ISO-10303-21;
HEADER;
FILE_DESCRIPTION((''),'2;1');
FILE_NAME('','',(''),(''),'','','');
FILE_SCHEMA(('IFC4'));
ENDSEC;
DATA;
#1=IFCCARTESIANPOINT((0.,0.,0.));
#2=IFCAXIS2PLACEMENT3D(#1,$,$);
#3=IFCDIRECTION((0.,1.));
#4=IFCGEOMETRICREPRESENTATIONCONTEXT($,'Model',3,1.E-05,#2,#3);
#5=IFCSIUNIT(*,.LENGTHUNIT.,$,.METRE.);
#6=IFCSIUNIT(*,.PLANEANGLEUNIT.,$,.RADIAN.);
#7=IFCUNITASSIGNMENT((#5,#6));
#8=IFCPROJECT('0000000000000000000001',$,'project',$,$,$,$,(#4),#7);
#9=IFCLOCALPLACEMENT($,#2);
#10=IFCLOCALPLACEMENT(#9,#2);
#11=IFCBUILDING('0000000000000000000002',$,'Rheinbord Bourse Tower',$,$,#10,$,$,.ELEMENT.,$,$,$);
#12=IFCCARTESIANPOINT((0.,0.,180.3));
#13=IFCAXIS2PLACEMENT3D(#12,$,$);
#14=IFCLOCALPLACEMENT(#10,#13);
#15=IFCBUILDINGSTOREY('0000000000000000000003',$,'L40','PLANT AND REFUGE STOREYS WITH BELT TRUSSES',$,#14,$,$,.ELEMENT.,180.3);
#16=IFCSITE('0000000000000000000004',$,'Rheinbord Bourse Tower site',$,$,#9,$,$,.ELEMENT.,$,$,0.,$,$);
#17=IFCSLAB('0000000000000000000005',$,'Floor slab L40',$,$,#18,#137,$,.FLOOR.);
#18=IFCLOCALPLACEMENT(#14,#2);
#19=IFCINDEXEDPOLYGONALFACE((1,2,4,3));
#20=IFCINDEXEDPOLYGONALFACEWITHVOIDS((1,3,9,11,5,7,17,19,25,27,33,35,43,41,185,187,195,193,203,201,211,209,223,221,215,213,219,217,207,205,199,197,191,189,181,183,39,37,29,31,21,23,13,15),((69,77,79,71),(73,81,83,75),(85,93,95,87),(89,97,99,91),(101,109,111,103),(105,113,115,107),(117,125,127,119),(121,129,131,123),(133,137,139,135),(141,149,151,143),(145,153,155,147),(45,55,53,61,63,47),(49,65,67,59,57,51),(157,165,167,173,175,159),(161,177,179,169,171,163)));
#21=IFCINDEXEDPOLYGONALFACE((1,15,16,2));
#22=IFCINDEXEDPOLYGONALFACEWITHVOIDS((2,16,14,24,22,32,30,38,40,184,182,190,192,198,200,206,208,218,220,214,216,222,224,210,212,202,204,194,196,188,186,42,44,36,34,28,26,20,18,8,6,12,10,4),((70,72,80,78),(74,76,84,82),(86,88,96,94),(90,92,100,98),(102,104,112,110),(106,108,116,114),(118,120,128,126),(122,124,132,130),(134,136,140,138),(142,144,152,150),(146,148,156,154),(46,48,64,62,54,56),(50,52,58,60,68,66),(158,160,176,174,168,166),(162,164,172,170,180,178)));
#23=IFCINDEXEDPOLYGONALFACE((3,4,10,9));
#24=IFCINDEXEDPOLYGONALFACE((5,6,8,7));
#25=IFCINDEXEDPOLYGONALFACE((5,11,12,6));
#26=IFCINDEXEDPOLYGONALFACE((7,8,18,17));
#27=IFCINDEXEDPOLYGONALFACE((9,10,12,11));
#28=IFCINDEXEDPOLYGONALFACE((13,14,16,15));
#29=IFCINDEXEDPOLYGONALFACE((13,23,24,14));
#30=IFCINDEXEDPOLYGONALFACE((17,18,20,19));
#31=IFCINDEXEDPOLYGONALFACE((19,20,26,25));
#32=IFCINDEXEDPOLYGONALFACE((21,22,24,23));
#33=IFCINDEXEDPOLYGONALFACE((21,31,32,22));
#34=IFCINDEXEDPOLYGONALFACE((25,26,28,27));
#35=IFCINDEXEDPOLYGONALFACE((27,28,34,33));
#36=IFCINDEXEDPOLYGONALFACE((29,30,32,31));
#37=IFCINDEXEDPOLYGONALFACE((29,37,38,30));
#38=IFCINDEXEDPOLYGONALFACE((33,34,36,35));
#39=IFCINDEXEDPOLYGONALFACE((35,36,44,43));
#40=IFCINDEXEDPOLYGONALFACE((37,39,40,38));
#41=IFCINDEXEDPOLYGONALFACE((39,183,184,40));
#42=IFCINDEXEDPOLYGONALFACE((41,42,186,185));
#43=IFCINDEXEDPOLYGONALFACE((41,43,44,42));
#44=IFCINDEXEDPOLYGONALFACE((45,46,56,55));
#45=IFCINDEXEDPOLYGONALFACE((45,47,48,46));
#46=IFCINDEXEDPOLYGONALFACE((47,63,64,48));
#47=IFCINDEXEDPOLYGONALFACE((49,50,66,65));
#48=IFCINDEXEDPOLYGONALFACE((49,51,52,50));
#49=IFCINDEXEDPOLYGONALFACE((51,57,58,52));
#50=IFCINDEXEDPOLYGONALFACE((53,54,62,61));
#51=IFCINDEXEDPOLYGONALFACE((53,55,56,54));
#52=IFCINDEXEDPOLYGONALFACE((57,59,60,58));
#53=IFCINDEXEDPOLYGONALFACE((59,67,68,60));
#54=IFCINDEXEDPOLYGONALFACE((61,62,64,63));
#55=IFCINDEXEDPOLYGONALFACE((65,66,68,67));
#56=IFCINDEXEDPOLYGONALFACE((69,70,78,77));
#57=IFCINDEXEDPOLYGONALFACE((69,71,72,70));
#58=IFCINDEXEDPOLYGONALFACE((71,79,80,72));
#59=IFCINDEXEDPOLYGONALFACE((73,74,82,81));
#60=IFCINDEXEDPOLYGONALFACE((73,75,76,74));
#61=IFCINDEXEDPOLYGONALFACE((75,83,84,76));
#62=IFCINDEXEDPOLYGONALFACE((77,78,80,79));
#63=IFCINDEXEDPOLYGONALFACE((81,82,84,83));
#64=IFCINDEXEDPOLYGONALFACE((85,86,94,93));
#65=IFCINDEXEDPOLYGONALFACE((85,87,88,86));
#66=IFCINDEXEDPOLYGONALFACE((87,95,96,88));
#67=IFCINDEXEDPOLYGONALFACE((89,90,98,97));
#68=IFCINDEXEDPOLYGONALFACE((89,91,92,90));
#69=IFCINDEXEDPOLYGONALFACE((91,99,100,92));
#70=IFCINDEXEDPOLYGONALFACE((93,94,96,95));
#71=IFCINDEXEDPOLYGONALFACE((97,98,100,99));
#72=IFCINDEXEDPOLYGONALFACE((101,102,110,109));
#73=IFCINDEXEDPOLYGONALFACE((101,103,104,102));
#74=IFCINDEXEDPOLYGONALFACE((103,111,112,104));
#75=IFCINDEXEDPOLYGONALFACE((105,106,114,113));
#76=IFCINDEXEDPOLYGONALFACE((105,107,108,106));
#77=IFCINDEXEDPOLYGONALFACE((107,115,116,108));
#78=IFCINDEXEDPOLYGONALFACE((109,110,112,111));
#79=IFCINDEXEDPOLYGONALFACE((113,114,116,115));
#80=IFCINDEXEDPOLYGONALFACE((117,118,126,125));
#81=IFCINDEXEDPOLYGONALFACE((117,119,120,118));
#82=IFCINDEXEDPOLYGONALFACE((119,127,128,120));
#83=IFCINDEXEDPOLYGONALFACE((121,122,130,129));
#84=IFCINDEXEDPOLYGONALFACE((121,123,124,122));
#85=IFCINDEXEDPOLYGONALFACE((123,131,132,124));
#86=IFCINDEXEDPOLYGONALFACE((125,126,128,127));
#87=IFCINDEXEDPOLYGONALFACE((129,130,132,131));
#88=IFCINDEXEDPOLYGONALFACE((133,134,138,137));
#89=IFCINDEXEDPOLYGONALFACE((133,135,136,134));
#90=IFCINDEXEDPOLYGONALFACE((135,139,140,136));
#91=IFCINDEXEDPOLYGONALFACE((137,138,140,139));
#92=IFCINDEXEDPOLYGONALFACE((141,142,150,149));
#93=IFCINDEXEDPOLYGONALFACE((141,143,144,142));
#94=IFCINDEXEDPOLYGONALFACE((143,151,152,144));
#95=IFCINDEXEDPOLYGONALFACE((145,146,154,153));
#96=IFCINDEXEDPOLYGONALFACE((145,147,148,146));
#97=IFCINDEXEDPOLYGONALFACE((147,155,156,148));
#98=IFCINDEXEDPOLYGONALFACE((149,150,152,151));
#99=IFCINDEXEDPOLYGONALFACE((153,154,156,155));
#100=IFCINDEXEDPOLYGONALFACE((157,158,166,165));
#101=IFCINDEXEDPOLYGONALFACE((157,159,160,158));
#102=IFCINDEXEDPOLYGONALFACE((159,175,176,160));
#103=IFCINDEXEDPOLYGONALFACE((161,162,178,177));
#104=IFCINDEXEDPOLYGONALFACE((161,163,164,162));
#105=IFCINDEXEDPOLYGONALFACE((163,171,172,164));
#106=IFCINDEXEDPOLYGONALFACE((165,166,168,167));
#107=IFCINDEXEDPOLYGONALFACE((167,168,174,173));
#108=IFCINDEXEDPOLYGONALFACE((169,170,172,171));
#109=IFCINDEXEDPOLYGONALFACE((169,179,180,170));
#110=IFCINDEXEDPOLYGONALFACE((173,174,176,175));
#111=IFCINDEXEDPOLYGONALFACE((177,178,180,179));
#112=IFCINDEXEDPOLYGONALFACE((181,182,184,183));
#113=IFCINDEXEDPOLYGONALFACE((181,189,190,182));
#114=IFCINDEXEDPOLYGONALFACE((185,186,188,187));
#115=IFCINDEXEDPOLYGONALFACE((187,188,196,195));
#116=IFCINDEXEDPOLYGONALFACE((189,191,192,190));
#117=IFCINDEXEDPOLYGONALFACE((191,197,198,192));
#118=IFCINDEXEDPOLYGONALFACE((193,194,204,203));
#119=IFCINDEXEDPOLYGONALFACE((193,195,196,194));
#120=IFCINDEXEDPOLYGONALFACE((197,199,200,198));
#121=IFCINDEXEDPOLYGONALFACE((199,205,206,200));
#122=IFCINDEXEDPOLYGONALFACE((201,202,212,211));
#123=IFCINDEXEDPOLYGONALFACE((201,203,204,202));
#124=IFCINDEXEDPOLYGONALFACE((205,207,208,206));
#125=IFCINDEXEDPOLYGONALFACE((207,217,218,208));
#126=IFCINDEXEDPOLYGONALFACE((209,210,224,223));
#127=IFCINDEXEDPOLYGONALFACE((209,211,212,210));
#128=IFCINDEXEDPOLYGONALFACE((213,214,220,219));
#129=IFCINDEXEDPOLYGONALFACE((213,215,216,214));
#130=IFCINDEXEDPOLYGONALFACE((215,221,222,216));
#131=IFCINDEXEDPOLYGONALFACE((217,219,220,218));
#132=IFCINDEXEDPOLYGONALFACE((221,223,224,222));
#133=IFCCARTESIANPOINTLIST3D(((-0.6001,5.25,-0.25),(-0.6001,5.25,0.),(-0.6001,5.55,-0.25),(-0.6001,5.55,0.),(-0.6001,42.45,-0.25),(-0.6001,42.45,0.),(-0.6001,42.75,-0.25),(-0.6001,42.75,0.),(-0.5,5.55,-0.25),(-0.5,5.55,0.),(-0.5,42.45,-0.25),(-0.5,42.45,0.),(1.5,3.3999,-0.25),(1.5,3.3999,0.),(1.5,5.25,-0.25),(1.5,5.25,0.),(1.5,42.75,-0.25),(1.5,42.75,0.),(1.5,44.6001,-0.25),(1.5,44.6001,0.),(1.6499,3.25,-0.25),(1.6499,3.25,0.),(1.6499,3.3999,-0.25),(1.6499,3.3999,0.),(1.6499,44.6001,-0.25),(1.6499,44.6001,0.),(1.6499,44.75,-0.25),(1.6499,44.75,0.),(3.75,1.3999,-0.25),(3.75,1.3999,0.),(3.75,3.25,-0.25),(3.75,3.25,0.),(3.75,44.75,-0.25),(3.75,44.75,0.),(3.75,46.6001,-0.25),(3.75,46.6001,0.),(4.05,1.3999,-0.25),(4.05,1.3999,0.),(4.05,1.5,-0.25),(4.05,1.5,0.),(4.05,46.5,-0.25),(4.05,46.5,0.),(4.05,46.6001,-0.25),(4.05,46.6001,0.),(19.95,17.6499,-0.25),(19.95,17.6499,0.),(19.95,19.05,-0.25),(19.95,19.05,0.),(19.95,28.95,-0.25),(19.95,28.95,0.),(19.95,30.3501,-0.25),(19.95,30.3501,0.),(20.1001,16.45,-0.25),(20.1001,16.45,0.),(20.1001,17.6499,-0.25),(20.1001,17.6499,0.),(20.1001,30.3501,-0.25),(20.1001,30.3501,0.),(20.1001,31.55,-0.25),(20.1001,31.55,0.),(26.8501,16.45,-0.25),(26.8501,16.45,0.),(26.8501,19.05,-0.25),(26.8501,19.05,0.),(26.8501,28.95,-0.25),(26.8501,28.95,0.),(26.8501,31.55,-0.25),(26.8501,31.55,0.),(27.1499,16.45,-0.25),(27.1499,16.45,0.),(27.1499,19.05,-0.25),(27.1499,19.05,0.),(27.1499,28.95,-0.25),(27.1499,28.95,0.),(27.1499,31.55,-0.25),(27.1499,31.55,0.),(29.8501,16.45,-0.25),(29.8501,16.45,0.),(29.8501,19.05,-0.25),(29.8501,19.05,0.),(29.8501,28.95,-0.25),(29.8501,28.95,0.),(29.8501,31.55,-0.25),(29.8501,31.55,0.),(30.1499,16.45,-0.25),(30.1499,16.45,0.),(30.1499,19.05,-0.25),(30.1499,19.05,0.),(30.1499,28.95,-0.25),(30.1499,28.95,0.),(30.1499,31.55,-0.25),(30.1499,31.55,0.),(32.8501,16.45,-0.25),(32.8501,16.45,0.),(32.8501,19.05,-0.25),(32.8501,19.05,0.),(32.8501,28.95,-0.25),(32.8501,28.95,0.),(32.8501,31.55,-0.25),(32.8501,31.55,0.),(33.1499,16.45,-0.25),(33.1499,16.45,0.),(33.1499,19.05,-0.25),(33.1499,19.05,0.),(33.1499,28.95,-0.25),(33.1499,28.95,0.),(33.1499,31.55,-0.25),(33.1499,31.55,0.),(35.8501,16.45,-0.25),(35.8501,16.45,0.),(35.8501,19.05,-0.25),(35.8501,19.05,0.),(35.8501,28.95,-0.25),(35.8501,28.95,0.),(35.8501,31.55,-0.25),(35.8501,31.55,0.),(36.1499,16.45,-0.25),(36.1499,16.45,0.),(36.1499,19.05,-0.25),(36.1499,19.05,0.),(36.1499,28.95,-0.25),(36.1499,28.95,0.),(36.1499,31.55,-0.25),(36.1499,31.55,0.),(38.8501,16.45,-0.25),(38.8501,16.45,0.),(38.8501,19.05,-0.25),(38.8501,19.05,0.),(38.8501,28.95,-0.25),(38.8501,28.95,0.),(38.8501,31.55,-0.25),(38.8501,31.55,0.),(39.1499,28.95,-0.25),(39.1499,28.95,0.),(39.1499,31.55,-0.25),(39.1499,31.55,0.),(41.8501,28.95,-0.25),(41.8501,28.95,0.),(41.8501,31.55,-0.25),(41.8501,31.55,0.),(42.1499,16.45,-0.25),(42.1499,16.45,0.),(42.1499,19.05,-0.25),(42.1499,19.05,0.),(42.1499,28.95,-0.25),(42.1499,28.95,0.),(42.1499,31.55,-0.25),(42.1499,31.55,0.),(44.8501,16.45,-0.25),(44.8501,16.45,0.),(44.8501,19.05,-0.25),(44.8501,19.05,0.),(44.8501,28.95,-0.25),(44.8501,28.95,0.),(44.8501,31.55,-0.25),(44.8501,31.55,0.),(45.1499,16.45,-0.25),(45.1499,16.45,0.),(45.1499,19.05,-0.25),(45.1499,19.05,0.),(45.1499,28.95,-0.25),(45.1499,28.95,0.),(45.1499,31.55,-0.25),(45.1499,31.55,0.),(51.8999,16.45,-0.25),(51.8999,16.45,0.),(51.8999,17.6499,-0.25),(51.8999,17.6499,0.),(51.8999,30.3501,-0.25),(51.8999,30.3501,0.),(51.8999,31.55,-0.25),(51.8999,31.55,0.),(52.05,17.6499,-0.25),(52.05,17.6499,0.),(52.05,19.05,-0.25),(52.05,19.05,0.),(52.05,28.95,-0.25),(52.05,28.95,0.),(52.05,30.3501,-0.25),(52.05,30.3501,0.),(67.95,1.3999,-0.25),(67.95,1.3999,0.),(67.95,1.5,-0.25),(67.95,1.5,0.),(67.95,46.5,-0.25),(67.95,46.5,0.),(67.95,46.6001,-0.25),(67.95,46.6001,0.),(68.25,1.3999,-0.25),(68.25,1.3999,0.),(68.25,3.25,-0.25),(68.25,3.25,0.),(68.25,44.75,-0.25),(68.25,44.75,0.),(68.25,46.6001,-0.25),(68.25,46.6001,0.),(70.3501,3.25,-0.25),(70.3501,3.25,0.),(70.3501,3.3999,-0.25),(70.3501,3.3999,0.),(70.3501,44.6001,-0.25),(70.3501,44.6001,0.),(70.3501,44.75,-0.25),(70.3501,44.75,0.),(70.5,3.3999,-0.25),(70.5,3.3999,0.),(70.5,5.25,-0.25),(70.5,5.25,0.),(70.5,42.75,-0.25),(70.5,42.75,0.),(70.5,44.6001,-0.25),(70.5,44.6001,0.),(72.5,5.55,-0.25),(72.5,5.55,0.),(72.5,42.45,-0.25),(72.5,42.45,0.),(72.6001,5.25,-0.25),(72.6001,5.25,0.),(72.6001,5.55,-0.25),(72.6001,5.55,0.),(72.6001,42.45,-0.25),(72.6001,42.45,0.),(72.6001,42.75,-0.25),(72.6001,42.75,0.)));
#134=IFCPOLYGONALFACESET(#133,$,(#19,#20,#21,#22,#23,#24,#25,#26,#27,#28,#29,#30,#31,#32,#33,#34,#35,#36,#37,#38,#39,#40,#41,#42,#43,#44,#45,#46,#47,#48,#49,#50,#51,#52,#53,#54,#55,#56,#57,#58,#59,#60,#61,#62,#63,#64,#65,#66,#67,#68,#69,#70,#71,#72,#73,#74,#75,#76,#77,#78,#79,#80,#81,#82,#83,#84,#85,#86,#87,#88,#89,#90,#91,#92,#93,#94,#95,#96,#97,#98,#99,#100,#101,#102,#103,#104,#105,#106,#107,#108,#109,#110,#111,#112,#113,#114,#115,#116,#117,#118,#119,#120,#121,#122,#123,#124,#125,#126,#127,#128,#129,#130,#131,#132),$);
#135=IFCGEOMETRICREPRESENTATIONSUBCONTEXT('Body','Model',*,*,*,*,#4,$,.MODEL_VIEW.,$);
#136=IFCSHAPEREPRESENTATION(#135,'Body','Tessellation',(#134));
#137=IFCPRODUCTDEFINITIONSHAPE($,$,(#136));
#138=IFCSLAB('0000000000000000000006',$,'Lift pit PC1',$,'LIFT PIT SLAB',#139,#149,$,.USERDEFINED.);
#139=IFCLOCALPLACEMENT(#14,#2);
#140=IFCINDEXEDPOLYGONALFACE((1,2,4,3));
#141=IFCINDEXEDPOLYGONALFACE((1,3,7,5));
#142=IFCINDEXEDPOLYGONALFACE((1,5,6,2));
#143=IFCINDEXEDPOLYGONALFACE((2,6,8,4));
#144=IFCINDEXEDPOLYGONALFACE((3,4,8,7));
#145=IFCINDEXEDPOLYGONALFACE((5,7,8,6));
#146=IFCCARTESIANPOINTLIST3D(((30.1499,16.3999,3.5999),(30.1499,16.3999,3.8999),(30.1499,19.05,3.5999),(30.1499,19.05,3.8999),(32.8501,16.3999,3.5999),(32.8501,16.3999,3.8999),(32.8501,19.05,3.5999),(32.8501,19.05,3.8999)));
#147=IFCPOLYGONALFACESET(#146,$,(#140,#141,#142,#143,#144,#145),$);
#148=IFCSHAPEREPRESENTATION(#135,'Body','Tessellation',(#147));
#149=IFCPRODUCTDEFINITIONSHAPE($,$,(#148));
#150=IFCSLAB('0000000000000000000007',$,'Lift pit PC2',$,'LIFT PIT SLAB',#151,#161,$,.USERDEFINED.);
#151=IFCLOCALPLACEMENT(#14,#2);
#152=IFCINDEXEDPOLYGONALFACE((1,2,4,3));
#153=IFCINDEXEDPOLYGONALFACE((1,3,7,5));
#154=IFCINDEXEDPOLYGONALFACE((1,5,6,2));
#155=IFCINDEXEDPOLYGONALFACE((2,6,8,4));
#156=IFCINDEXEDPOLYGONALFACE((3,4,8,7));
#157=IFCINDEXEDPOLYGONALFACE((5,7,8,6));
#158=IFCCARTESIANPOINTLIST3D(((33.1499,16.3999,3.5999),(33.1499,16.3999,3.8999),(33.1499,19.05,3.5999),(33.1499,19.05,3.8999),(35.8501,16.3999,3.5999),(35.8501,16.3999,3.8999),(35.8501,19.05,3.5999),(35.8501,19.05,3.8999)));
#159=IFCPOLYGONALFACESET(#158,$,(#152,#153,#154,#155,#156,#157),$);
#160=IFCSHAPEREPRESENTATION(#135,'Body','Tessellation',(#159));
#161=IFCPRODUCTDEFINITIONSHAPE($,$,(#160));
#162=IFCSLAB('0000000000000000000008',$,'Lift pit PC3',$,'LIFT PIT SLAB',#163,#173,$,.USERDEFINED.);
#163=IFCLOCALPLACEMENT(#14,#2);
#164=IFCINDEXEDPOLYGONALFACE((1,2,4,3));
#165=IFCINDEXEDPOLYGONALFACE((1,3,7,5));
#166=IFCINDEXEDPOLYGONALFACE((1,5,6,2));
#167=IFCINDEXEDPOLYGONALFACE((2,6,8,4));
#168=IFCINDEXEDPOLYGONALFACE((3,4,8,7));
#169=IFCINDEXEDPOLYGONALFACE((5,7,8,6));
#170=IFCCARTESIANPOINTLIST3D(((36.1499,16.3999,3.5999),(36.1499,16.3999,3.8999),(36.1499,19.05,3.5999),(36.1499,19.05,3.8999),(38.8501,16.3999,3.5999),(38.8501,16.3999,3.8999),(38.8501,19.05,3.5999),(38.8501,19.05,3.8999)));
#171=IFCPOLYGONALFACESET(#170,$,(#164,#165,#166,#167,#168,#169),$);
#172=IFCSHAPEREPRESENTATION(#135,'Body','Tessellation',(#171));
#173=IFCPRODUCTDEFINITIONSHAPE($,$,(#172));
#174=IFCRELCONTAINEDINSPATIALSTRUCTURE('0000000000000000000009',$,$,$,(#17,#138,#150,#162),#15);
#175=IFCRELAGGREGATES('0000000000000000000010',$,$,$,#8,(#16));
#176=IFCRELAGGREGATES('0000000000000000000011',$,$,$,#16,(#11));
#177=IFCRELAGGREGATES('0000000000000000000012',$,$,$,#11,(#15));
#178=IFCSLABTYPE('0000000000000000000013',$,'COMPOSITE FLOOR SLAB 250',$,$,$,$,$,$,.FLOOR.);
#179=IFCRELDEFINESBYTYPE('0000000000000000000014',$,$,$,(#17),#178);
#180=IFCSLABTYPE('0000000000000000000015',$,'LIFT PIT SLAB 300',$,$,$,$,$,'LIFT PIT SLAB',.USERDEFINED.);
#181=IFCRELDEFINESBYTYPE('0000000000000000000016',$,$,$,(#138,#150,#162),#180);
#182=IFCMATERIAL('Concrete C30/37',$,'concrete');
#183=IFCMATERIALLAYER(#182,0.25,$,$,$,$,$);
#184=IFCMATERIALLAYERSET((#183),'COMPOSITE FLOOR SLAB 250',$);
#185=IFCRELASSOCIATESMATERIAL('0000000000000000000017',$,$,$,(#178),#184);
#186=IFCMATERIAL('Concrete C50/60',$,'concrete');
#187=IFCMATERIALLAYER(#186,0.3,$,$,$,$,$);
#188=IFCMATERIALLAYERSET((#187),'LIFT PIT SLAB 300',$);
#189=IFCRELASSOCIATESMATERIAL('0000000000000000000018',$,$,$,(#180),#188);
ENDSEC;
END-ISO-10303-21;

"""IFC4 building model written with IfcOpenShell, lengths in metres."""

from ifc_helpers import new_model, si_unit, direction, frame, origin, place, context, subcontext, project, spatial, polyline, outline, extrude, material, layer, layer_set, type_object, element, save


model = new_model("IFC4")

# Units and contexts
model_context = context("Model", 3, precision=1e-05, world=origin(), true_north=direction((0.0, 1.0)))
body_context = subcontext(model_context, "Body", "Model", "MODEL_VIEW")
ifc_project = project(units=[si_unit("LENGTHUNIT", "METRE"), si_unit("PLANEANGLEUNIT", "RADIAN")], contexts=[model_context])

# Site, building, storey
site_placement = place(None, origin())
site = spatial("IfcSite", under=ifc_project, at=site_placement, Name="Rheinbord Bourse Tower site", CompositionType="ELEMENT", RefElevation=0.0)
building_placement = place(site_placement, origin())
building = spatial("IfcBuilding", under=site, at=building_placement, Name="Rheinbord Bourse Tower", CompositionType="ELEMENT")
storey_placement = place(building_placement, frame((0.0, 0.0, 180.3)))
storey = spatial("IfcBuildingStorey", under=building, at=storey_placement, Name="L40", Description="PLANT AND REFUGE STOREYS WITH BELT TRUSSES", CompositionType="ELEMENT", Elevation=180.3)

# Slabs
ifc_material_1 = material(Name="Concrete C30/37", Category="concrete")
ifc_layer_1 = layer(ifc_material_1, 0.25)
ifc_layer_set_1 = layer_set([ifc_layer_1], Name="COMPOSITE FLOOR SLAB 250")
slab_type_1 = type_object("IfcSlabType", Name="COMPOSITE FLOOR SLAB 250", PredefinedType="FLOOR", material=ifc_layer_set_1)
slab_1_placement = place(storey_placement, frame((0.0, 0.0, -0.25)))
element("IfcSlab", 1, at=slab_1_placement, inside=storey, type_object=slab_type_1, Name="Floor slab L40", PredefinedType="FLOOR", context=body_context, shape_type="SweptSolid", body=[
    extrude(outline(polyline([(1.6499, 3.3999), (1.5, 3.3999), (1.5, 5.25), (-0.6001, 5.25), (-0.6001, 5.55), (-0.5, 5.55), (-0.5, 42.45), (-0.6001, 42.45), (-0.6001, 42.75), (1.5, 42.75), (1.5, 44.6001), (1.6499, 44.6001), (1.6499, 44.75), (3.75, 44.75), (3.75, 46.6001), (4.05, 46.6001), (4.05, 46.5), (67.95, 46.5), (67.95, 46.6001), (68.25, 46.6001), (68.25, 44.75), (70.3501, 44.75), (70.3501, 44.6001), (70.5, 44.6001), (70.5, 42.75), (72.6001, 42.75), (72.6001, 42.45), (72.5, 42.45), (72.5, 5.55), (72.6001, 5.55), (72.6001, 5.25), (70.5, 5.25), (70.5, 3.3999), (70.3501, 3.3999), (70.3501, 3.25), (68.25, 3.25), (68.25, 1.3999), (67.95, 1.3999), (67.95, 1.5), (4.05, 1.5), (4.05, 1.3999), (3.75, 1.3999), (3.75, 3.25), (1.6499, 3.25), (1.6499, 3.3999)]), holes=[polyline([(19.95, 19.05), (26.8501, 19.05), (26.8501, 16.45), (20.1001, 16.45), (20.1001, 17.6499), (19.95, 17.6499), (19.95, 19.05)]), polyline([(26.8501, 31.55), (26.8501, 28.95), (19.95, 28.95), (19.95, 30.3501), (20.1001, 30.3501), (20.1001, 31.55), (26.8501, 31.55)]), polyline([(45.1499, 16.45), (45.1499, 19.05), (52.05, 19.05), (52.05, 17.6499), (51.8999, 17.6499), (51.8999, 16.45), (45.1499, 16.45)]), polyline([(52.05, 28.95), (45.1499, 28.95), (45.1499, 31.55), (51.8999, 31.55), (51.8999, 30.3501), (52.05, 30.3501), (52.05, 28.95)]), polyline([(27.1499, 16.45), (27.1499, 19.05), (29.8501, 19.05), (29.8501, 16.45), (27.1499, 16.45)]), polyline([(27.1499, 28.95), (27.1499, 31.55), (29.8501, 31.55), (29.8501, 28.95), (27.1499, 28.95)]), polyline([(30.1499, 16.45), (30.1499, 19.05), (32.8501, 19.05), (32.8501, 16.45), (30.1499, 16.45)]), polyline([(30.1499, 28.95), (30.1499, 31.55), (32.8501, 31.55), (32.8501, 28.95), (30.1499, 28.95)]), polyline([(33.1499, 16.45), (33.1499, 19.05), (35.8501, 19.05), (35.8501, 16.45), (33.1499, 16.45)]), polyline([(33.1499, 28.95), (33.1499, 31.55), (35.8501, 31.55), (35.8501, 28.95), (33.1499, 28.95)]), polyline([(36.1499, 16.45), (36.1499, 19.05), (38.8501, 19.05), (38.8501, 16.45), (36.1499, 16.45)]), polyline([(36.1499, 28.95), (36.1499, 31.55), (38.8501, 31.55), (38.8501, 28.95), (36.1499, 28.95)]), polyline([(39.1499, 28.95), (39.1499, 31.55), (41.8501, 31.55), (41.8501, 28.95), (39.1499, 28.95)]), polyline([(42.1499, 16.45), (42.1499, 19.05), (44.8501, 19.05), (44.8501, 16.45), (42.1499, 16.45)]), polyline([(42.1499, 28.95), (42.1499, 31.55), (44.8501, 31.55), (44.8501, 28.95), (42.1499, 28.95)])]), origin(), (0.0, 0.0, 1.0), 0.25),
])
ifc_material_2 = material(Name="Concrete C50/60", Category="concrete")
ifc_layer_2 = layer(ifc_material_2, 0.3)
ifc_layer_set_2 = layer_set([ifc_layer_2], Name="LIFT PIT SLAB 300")
slab_type_2 = type_object("IfcSlabType", Name="LIFT PIT SLAB 300", ElementType="LIFT PIT SLAB", PredefinedType="USERDEFINED", material=ifc_layer_set_2)
slab_2_placement = place(storey_placement, frame((0.0, 0.0, 3.5999)))
element("IfcSlab", 2, at=slab_2_placement, inside=storey, type_object=slab_type_2, Name="Lift pit PC1", ObjectType="LIFT PIT SLAB", PredefinedType="USERDEFINED", context=body_context, shape_type="SweptSolid", body=[
    extrude(outline(polyline([(30.1499, 16.3999), (32.8501, 16.3999), (32.8501, 19.05), (30.1499, 19.05), (30.1499, 16.3999)])), origin(), (0.0, 0.0, 1.0), 0.3),
])
slab_3_placement = place(storey_placement, frame((0.0, 0.0, 3.5999)))
element("IfcSlab", 3, at=slab_3_placement, inside=storey, type_object=slab_type_2, Name="Lift pit PC2", ObjectType="LIFT PIT SLAB", PredefinedType="USERDEFINED", context=body_context, shape_type="SweptSolid", body=[
    extrude(outline(polyline([(33.1499, 16.3999), (35.8501, 16.3999), (35.8501, 19.05), (33.1499, 19.05), (33.1499, 16.3999)])), origin(), (0.0, 0.0, 1.0), 0.3),
])
slab_4_placement = place(storey_placement, frame((0.0, 0.0, 3.5999)))
element("IfcSlab", 4, at=slab_4_placement, inside=storey, type_object=slab_type_2, Name="Lift pit PC3", ObjectType="LIFT PIT SLAB", PredefinedType="USERDEFINED", context=body_context, shape_type="SweptSolid", body=[
    extrude(outline(polyline([(36.1499, 16.3999), (38.8501, 16.3999), (38.8501, 19.05), (36.1499, 19.05), (36.1499, 16.3999)])), origin(), (0.0, 0.0, 1.0), 0.3),
])

save(model, "model.ifc")
